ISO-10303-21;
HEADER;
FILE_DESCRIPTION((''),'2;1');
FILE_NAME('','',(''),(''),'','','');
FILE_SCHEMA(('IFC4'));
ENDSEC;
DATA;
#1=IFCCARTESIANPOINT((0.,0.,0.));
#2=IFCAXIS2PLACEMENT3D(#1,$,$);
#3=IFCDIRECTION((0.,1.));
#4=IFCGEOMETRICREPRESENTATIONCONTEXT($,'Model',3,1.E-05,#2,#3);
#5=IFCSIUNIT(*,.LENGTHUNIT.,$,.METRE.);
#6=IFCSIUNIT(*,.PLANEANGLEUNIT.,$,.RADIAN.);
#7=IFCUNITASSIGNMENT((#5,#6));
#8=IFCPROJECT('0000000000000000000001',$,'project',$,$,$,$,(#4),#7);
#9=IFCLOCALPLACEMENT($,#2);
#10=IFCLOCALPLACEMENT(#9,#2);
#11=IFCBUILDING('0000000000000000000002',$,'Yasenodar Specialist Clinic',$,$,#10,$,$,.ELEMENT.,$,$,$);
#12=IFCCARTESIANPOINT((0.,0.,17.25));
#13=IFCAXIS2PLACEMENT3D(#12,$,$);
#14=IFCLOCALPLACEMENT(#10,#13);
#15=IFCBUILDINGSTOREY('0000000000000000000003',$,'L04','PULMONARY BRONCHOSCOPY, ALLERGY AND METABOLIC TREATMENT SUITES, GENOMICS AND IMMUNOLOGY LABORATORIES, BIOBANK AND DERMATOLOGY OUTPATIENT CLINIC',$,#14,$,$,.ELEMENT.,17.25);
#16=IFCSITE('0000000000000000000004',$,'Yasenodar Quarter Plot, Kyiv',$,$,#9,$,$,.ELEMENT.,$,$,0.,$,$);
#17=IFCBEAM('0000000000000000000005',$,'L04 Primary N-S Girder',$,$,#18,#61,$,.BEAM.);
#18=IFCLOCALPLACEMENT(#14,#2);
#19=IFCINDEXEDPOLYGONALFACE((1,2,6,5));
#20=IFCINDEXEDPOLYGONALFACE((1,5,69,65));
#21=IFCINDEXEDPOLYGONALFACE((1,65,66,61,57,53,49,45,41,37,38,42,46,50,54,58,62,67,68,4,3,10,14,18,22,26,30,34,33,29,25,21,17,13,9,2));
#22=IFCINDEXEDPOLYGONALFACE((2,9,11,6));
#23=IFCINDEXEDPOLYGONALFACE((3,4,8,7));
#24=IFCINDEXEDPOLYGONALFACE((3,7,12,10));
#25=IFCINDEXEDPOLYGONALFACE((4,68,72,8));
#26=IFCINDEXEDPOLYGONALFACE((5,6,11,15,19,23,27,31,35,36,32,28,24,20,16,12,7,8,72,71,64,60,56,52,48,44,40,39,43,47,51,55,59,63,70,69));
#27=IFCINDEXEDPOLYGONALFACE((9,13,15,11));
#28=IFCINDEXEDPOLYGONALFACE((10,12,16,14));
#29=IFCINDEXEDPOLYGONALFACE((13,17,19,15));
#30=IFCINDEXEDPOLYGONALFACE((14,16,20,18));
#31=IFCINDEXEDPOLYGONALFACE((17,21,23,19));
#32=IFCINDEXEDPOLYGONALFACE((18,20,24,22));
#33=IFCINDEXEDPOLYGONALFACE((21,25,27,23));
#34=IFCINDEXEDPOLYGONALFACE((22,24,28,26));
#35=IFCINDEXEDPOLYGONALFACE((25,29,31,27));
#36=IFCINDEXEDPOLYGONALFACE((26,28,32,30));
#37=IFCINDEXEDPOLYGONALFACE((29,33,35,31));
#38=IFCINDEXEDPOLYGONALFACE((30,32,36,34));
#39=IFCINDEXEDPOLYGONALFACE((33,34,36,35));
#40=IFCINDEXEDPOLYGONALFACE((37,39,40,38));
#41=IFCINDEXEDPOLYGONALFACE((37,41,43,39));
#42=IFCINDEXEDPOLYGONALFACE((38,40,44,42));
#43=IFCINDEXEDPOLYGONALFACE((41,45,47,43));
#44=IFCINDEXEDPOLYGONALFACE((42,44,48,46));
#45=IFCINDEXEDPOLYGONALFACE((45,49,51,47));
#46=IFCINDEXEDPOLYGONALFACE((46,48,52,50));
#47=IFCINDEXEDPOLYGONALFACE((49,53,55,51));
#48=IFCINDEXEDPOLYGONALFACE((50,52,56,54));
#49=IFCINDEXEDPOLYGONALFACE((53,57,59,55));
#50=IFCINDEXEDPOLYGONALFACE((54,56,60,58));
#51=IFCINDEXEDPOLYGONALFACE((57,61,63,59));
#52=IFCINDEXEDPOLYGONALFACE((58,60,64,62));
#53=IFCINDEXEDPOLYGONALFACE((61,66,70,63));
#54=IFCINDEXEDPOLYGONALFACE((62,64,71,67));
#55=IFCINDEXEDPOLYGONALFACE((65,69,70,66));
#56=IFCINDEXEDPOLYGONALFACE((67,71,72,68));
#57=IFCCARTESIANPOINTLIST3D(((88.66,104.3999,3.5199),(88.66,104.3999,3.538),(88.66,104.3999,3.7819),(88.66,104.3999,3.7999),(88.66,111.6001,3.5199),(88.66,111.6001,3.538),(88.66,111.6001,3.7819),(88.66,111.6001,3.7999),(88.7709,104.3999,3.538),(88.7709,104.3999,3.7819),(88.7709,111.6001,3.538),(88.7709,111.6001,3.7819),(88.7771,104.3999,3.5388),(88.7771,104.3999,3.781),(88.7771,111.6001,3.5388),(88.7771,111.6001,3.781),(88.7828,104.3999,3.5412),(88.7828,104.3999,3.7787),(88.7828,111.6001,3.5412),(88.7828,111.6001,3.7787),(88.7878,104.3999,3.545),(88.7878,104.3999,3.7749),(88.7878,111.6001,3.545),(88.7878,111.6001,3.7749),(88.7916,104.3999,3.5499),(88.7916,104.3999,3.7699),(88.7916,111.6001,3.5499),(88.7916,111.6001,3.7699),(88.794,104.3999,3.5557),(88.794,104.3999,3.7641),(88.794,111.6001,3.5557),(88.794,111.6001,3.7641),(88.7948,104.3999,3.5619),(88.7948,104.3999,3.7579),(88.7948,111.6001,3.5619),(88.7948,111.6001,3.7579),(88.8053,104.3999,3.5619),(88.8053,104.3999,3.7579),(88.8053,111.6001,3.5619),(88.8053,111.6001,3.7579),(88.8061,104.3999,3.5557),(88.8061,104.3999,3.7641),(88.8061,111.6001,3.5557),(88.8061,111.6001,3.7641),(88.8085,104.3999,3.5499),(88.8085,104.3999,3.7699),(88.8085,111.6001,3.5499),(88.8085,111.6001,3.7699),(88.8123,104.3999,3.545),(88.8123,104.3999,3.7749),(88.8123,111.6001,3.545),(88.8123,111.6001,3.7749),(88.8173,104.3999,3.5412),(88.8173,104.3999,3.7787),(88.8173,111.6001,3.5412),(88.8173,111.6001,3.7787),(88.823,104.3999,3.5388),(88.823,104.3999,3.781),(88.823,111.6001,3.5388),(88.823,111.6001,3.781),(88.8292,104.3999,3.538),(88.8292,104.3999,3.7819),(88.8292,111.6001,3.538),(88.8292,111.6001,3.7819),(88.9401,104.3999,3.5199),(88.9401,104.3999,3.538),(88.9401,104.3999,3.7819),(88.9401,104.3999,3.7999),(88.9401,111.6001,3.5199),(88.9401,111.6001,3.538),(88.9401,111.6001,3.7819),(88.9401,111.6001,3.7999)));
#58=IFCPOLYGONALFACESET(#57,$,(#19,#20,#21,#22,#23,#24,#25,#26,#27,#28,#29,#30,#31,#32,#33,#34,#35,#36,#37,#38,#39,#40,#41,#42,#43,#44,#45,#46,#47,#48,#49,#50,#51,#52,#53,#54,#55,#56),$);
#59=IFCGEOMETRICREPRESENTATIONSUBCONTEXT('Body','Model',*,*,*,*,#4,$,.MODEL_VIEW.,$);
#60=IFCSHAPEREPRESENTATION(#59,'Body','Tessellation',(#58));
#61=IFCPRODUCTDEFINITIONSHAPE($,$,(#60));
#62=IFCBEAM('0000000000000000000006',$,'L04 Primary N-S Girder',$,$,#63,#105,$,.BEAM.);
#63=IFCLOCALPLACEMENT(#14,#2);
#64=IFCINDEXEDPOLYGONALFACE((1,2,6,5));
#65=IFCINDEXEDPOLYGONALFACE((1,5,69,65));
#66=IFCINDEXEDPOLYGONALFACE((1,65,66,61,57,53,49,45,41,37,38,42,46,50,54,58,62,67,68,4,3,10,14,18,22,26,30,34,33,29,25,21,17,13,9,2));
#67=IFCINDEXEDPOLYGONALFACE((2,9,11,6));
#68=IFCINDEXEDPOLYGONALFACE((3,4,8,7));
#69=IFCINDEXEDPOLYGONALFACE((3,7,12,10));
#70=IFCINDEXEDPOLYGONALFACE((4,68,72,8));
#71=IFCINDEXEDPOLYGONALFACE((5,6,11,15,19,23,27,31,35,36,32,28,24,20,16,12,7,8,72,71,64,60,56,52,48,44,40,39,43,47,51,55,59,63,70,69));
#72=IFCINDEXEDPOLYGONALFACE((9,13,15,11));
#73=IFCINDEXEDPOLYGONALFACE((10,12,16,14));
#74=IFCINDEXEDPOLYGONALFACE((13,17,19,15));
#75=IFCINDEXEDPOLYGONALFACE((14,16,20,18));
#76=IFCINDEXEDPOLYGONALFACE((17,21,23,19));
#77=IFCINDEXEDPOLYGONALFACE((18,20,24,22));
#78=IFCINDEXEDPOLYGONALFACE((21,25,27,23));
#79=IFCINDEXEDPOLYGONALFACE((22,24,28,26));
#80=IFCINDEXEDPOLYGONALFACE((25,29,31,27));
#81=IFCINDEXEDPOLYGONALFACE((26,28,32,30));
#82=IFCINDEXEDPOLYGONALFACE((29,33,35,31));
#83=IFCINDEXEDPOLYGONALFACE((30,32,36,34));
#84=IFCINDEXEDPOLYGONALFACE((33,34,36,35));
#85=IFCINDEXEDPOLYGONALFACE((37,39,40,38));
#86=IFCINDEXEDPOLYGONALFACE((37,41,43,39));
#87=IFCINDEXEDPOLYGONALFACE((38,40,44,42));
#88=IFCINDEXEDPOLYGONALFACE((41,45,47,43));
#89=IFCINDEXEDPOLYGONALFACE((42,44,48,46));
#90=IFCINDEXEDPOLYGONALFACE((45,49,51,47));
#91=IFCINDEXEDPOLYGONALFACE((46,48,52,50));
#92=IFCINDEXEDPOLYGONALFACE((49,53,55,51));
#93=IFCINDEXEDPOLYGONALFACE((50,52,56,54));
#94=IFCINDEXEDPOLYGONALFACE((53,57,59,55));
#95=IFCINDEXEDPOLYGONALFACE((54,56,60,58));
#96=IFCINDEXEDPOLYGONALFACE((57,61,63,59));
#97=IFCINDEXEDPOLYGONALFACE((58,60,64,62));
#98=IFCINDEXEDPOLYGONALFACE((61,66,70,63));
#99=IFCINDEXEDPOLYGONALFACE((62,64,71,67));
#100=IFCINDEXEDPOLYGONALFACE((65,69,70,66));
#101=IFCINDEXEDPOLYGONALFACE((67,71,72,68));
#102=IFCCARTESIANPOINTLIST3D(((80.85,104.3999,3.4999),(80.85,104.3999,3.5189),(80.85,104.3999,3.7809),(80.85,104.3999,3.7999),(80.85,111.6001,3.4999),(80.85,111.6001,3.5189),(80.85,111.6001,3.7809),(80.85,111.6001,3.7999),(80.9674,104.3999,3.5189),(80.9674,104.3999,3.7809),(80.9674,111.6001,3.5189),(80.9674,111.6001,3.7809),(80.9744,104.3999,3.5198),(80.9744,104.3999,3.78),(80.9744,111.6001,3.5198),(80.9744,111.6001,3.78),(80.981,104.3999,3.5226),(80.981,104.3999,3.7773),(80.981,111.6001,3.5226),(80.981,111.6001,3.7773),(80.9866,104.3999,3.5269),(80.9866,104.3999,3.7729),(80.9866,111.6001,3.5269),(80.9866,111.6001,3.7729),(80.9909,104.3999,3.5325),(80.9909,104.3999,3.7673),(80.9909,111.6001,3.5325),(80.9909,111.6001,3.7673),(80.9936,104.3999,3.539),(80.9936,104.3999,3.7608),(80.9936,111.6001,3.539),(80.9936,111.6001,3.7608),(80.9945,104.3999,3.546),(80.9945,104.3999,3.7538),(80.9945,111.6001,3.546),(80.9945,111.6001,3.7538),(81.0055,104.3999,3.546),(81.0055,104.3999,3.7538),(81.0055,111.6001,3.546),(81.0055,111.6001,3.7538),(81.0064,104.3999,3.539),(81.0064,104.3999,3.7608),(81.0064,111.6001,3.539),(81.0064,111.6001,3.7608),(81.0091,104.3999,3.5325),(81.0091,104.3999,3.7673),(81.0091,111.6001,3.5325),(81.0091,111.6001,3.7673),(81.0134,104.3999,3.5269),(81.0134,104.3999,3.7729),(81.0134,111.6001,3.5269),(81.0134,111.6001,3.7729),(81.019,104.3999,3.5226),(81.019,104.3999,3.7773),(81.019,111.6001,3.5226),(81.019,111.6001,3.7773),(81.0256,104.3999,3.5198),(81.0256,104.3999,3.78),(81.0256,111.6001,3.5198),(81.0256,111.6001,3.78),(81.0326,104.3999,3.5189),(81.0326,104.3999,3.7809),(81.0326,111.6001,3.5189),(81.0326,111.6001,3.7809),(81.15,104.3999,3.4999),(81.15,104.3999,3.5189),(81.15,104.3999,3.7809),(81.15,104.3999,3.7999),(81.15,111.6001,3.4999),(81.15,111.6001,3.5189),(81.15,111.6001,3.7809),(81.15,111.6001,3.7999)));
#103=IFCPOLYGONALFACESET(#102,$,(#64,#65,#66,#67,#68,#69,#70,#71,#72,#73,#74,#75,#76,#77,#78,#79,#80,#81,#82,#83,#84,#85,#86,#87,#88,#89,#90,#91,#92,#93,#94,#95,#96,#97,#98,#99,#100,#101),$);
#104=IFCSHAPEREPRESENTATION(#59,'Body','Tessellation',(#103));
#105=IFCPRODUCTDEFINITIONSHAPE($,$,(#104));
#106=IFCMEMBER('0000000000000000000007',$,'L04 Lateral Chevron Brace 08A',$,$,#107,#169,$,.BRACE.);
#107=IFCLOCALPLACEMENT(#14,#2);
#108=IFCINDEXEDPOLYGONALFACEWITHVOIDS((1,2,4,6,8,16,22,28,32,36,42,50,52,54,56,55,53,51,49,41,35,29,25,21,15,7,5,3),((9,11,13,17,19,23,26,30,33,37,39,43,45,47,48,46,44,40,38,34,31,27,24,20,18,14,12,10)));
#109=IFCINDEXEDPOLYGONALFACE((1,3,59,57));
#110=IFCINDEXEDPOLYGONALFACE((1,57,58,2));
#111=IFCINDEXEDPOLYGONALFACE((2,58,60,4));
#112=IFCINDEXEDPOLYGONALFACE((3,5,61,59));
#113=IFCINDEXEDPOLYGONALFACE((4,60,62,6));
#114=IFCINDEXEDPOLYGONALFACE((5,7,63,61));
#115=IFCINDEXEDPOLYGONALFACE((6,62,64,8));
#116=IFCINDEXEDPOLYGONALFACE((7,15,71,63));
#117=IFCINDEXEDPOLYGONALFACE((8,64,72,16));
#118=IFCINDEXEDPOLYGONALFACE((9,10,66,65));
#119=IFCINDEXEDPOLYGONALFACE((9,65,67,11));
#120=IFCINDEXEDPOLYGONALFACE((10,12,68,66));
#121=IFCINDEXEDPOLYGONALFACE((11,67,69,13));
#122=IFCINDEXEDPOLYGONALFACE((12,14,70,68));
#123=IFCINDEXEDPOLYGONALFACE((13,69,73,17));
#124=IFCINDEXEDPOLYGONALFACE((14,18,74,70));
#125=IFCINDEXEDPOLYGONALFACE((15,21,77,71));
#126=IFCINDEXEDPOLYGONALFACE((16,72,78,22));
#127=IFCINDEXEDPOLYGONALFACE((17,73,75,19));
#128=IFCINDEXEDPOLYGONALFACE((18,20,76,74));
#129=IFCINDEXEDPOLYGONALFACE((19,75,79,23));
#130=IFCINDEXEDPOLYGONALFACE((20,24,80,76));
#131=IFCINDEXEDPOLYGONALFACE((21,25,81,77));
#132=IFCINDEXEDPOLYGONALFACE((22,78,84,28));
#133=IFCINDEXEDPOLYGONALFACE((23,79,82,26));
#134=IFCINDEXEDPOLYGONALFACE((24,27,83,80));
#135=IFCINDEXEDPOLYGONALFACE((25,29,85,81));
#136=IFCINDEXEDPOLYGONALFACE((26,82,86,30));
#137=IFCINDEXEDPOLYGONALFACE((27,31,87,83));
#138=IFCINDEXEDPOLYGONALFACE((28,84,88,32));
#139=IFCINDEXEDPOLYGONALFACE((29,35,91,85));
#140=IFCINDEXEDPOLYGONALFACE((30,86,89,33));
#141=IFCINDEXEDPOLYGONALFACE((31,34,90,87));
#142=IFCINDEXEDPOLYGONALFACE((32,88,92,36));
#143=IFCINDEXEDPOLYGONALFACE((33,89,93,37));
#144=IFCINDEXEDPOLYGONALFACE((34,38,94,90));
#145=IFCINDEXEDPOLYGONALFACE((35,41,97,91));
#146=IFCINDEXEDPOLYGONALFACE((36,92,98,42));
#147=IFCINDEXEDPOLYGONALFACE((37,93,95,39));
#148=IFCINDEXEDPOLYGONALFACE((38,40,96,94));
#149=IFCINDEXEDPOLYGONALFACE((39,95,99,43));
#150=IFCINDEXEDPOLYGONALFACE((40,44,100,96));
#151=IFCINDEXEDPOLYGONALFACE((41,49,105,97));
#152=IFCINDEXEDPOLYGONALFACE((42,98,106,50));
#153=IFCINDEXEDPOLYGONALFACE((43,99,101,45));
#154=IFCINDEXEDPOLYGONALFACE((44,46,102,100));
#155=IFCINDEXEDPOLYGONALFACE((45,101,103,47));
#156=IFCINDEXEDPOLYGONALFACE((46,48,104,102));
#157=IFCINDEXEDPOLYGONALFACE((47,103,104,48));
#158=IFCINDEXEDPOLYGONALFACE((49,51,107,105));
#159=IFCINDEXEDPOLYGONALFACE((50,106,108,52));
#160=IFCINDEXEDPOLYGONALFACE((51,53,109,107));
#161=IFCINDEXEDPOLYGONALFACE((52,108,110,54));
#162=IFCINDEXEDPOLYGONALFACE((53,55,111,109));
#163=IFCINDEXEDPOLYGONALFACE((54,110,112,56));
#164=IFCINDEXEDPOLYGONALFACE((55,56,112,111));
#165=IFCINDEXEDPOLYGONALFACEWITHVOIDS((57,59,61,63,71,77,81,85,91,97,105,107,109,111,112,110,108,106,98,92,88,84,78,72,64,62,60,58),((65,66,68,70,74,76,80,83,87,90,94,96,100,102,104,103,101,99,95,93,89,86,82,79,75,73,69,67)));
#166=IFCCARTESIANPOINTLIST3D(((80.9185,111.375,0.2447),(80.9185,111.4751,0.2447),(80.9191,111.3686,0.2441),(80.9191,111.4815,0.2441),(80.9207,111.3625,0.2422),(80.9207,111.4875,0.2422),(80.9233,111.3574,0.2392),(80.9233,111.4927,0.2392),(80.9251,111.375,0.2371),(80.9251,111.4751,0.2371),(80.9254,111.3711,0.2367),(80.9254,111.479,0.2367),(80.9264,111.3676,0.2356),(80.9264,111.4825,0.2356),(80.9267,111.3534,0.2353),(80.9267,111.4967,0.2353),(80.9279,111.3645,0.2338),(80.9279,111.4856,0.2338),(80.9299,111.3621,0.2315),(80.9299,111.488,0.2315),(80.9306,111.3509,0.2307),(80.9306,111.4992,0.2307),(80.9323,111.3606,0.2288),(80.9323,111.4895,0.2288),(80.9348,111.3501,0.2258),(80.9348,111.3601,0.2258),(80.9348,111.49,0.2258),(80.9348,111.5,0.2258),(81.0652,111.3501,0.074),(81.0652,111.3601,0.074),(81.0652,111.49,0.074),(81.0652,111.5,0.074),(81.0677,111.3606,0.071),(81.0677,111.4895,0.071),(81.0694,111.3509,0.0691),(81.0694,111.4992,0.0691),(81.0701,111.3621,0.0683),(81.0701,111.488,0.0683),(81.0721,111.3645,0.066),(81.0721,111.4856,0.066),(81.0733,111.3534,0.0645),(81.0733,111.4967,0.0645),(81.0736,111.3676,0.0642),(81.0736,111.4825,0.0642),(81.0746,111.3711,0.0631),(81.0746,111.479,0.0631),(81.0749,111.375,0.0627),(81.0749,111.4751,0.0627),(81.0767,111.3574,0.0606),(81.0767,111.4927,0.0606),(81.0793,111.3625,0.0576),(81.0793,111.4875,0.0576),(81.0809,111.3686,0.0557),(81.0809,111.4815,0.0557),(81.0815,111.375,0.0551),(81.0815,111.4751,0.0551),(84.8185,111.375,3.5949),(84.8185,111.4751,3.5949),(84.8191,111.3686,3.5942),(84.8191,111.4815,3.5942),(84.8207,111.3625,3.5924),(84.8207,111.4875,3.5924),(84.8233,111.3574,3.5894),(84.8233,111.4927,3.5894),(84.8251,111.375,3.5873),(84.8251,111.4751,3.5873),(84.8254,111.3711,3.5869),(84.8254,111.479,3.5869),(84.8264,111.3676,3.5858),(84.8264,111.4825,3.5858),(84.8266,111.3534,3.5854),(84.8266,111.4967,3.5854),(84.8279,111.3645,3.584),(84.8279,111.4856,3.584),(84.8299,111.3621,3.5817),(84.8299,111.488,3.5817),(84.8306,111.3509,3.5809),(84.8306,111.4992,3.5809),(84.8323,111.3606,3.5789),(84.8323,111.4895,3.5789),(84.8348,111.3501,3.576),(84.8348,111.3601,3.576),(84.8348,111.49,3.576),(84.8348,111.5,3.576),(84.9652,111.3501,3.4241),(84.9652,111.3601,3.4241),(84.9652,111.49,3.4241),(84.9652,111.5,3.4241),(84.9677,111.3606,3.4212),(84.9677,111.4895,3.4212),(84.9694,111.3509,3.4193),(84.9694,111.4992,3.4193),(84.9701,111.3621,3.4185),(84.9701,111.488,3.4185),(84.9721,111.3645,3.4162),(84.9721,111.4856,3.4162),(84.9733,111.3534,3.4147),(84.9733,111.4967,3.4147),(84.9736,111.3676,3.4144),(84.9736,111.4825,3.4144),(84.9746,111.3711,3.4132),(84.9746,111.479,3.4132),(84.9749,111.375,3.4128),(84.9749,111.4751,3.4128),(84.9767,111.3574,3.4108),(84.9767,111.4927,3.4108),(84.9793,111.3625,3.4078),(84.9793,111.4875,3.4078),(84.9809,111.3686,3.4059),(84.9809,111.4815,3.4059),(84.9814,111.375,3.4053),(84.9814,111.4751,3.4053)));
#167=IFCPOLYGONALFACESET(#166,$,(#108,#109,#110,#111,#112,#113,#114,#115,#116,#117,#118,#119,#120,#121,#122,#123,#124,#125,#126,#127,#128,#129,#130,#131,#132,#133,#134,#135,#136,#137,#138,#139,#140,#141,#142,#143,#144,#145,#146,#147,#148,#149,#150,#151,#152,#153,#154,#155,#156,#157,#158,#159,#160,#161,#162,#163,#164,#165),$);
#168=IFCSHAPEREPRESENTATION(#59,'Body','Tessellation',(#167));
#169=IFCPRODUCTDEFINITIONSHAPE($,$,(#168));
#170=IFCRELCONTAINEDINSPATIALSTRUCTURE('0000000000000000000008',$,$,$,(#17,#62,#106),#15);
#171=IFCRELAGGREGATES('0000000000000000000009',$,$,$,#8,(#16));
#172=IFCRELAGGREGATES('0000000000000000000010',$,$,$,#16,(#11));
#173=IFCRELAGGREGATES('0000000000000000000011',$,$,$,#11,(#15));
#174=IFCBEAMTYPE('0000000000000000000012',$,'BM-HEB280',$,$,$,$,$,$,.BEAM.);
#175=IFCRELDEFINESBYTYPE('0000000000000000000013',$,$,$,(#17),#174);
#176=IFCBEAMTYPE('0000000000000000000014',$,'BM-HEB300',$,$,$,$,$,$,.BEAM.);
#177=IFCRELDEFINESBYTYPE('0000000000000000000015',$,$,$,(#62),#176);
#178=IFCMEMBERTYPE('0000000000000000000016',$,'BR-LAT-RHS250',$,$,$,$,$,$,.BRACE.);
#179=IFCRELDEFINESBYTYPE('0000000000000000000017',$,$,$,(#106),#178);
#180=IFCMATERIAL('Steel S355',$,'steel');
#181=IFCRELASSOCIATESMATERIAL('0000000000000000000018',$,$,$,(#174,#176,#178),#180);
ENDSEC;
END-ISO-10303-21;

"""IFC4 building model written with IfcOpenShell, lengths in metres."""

from ifc_helpers import new_model, si_unit, direction, frame, origin, origin_2d, place, context, subcontext, project, spatial, hollow_rectangle, i_section, extrude, material, material_profile, profile_set, type_object, element, save


model = new_model("IFC4")

# Units and contexts
model_context = context("Model", 3, precision=1e-05, world=origin(), true_north=direction((0.0, 1.0)))
body_context = subcontext(model_context, "Body", "Model", "MODEL_VIEW")
ifc_project = project(units=[si_unit("LENGTHUNIT", "METRE"), si_unit("PLANEANGLEUNIT", "RADIAN")], contexts=[model_context])

# Site, building, storey
site_placement = place(None, origin())
site = spatial("IfcSite", under=ifc_project, at=site_placement, Name="Yasenodar Quarter Plot, Kyiv", CompositionType="ELEMENT", RefElevation=0.0)
building_placement = place(site_placement, origin())
building = spatial("IfcBuilding", under=site, at=building_placement, Name="Yasenodar Specialist Clinic", CompositionType="ELEMENT")
storey_placement = place(building_placement, frame((0.0, 0.0, 17.25)))
storey = spatial("IfcBuildingStorey", under=building, at=storey_placement, Name="L04", Description="PULMONARY BRONCHOSCOPY, ALLERGY AND METABOLIC TREATMENT SUITES, GENOMICS AND IMMUNOLOGY LABORATORIES, BIOBANK AND DERMATOLOGY OUTPATIENT CLINIC", CompositionType="ELEMENT", Elevation=17.25)

# Shared definitions
ifc_material_1 = material(Name="Steel S355", Category="steel")

# Beams
ifc_material_profile_1 = material_profile(ifc_material_1, i_section(OverallWidth=0.28, OverallDepth=0.28, WebThickness=0.0105, FlangeThickness=0.0181, FilletRadius=0.0239, at=origin_2d()), Name="HEB 280")
ifc_profile_set_1 = profile_set([ifc_material_profile_1], Name="Steel S355")
beam_type_1 = type_object("IfcBeamType", Name="BM-HEB280", PredefinedType="BEAM", material=ifc_profile_set_1)
beam_1_placement = place(storey_placement, frame((88.8, 104.3999, 3.6599), z_axis=(0.0, 1.0, 0.0), x_axis=(-1.0, 0.0, 0.0)))
element("IfcBeam", 1, at=beam_1_placement, inside=storey, type_object=beam_type_1, Name="L04 Primary N-S Girder", PredefinedType="BEAM", context=body_context, shape_type="SweptSolid", body=[
    extrude(i_section(OverallWidth=0.28, OverallDepth=0.28, WebThickness=0.0105, FlangeThickness=0.0181, FilletRadius=0.0239, at=origin_2d()), origin(), (0.0, 0.0, 1.0), 7.2002),
])
ifc_material_profile_2 = material_profile(ifc_material_1, i_section(OverallWidth=0.3, OverallDepth=0.3, WebThickness=0.011, FlangeThickness=0.019, FilletRadius=0.0271, at=origin_2d()), Name="HEB 300")
ifc_profile_set_2 = profile_set([ifc_material_profile_2], Name="Steel S355")
beam_type_2 = type_object("IfcBeamType", Name="BM-HEB300", PredefinedType="BEAM", material=ifc_profile_set_2)
beam_2_placement = place(storey_placement, frame((81.0, 104.3999, 3.6499), z_axis=(0.0, 1.0, 0.0), x_axis=(-1.0, 0.0, 0.0)))
element("IfcBeam", 2, at=beam_2_placement, inside=storey, type_object=beam_type_2, Name="L04 Primary N-S Girder", PredefinedType="BEAM", context=body_context, shape_type="SweptSolid", body=[
    extrude(i_section(OverallWidth=0.3, OverallDepth=0.3, WebThickness=0.011, FlangeThickness=0.019, FilletRadius=0.0271, at=origin_2d()), origin(), (0.0, 0.0, 1.0), 7.2002),
])

# Member
ifc_material_profile_3 = material_profile(ifc_material_1, hollow_rectangle(XDim=0.1499, YDim=0.25, WallThickness=0.01, InnerFilletRadius=0.0149, OuterFilletRadius=0.0249, at=origin_2d()), Name="RHS 250x150x10")
ifc_profile_set_3 = profile_set([ifc_material_profile_3], Name="Steel S355")
member_type = type_object("IfcMemberType", Name="BR-LAT-RHS250", PredefinedType="BRACE", material=ifc_profile_set_3)
for number, where, z_axis, x_axis, name in (
    (3, (81.0, 111.425, 0.1499), (0.758552, 0.0, 0.651612), (0.0, 1.0, 0.0), "L04 Lateral Chevron Brace 08A"),
):
    element("IfcMember", number, at=place(storey_placement, frame(where, z_axis=z_axis, x_axis=x_axis)), inside=storey, type_object=member_type, Name=name, PredefinedType="BRACE", context=body_context, shape_type="SweptSolid", body=[
        extrude(hollow_rectangle(XDim=0.1499, YDim=0.25, WallThickness=0.01, InnerFilletRadius=0.0149, OuterFilletRadius=0.0249, at=origin_2d()), origin(), (0.0, 0.0, 1.0), 5.1414),
    ])

save(model, "model.ifc")
